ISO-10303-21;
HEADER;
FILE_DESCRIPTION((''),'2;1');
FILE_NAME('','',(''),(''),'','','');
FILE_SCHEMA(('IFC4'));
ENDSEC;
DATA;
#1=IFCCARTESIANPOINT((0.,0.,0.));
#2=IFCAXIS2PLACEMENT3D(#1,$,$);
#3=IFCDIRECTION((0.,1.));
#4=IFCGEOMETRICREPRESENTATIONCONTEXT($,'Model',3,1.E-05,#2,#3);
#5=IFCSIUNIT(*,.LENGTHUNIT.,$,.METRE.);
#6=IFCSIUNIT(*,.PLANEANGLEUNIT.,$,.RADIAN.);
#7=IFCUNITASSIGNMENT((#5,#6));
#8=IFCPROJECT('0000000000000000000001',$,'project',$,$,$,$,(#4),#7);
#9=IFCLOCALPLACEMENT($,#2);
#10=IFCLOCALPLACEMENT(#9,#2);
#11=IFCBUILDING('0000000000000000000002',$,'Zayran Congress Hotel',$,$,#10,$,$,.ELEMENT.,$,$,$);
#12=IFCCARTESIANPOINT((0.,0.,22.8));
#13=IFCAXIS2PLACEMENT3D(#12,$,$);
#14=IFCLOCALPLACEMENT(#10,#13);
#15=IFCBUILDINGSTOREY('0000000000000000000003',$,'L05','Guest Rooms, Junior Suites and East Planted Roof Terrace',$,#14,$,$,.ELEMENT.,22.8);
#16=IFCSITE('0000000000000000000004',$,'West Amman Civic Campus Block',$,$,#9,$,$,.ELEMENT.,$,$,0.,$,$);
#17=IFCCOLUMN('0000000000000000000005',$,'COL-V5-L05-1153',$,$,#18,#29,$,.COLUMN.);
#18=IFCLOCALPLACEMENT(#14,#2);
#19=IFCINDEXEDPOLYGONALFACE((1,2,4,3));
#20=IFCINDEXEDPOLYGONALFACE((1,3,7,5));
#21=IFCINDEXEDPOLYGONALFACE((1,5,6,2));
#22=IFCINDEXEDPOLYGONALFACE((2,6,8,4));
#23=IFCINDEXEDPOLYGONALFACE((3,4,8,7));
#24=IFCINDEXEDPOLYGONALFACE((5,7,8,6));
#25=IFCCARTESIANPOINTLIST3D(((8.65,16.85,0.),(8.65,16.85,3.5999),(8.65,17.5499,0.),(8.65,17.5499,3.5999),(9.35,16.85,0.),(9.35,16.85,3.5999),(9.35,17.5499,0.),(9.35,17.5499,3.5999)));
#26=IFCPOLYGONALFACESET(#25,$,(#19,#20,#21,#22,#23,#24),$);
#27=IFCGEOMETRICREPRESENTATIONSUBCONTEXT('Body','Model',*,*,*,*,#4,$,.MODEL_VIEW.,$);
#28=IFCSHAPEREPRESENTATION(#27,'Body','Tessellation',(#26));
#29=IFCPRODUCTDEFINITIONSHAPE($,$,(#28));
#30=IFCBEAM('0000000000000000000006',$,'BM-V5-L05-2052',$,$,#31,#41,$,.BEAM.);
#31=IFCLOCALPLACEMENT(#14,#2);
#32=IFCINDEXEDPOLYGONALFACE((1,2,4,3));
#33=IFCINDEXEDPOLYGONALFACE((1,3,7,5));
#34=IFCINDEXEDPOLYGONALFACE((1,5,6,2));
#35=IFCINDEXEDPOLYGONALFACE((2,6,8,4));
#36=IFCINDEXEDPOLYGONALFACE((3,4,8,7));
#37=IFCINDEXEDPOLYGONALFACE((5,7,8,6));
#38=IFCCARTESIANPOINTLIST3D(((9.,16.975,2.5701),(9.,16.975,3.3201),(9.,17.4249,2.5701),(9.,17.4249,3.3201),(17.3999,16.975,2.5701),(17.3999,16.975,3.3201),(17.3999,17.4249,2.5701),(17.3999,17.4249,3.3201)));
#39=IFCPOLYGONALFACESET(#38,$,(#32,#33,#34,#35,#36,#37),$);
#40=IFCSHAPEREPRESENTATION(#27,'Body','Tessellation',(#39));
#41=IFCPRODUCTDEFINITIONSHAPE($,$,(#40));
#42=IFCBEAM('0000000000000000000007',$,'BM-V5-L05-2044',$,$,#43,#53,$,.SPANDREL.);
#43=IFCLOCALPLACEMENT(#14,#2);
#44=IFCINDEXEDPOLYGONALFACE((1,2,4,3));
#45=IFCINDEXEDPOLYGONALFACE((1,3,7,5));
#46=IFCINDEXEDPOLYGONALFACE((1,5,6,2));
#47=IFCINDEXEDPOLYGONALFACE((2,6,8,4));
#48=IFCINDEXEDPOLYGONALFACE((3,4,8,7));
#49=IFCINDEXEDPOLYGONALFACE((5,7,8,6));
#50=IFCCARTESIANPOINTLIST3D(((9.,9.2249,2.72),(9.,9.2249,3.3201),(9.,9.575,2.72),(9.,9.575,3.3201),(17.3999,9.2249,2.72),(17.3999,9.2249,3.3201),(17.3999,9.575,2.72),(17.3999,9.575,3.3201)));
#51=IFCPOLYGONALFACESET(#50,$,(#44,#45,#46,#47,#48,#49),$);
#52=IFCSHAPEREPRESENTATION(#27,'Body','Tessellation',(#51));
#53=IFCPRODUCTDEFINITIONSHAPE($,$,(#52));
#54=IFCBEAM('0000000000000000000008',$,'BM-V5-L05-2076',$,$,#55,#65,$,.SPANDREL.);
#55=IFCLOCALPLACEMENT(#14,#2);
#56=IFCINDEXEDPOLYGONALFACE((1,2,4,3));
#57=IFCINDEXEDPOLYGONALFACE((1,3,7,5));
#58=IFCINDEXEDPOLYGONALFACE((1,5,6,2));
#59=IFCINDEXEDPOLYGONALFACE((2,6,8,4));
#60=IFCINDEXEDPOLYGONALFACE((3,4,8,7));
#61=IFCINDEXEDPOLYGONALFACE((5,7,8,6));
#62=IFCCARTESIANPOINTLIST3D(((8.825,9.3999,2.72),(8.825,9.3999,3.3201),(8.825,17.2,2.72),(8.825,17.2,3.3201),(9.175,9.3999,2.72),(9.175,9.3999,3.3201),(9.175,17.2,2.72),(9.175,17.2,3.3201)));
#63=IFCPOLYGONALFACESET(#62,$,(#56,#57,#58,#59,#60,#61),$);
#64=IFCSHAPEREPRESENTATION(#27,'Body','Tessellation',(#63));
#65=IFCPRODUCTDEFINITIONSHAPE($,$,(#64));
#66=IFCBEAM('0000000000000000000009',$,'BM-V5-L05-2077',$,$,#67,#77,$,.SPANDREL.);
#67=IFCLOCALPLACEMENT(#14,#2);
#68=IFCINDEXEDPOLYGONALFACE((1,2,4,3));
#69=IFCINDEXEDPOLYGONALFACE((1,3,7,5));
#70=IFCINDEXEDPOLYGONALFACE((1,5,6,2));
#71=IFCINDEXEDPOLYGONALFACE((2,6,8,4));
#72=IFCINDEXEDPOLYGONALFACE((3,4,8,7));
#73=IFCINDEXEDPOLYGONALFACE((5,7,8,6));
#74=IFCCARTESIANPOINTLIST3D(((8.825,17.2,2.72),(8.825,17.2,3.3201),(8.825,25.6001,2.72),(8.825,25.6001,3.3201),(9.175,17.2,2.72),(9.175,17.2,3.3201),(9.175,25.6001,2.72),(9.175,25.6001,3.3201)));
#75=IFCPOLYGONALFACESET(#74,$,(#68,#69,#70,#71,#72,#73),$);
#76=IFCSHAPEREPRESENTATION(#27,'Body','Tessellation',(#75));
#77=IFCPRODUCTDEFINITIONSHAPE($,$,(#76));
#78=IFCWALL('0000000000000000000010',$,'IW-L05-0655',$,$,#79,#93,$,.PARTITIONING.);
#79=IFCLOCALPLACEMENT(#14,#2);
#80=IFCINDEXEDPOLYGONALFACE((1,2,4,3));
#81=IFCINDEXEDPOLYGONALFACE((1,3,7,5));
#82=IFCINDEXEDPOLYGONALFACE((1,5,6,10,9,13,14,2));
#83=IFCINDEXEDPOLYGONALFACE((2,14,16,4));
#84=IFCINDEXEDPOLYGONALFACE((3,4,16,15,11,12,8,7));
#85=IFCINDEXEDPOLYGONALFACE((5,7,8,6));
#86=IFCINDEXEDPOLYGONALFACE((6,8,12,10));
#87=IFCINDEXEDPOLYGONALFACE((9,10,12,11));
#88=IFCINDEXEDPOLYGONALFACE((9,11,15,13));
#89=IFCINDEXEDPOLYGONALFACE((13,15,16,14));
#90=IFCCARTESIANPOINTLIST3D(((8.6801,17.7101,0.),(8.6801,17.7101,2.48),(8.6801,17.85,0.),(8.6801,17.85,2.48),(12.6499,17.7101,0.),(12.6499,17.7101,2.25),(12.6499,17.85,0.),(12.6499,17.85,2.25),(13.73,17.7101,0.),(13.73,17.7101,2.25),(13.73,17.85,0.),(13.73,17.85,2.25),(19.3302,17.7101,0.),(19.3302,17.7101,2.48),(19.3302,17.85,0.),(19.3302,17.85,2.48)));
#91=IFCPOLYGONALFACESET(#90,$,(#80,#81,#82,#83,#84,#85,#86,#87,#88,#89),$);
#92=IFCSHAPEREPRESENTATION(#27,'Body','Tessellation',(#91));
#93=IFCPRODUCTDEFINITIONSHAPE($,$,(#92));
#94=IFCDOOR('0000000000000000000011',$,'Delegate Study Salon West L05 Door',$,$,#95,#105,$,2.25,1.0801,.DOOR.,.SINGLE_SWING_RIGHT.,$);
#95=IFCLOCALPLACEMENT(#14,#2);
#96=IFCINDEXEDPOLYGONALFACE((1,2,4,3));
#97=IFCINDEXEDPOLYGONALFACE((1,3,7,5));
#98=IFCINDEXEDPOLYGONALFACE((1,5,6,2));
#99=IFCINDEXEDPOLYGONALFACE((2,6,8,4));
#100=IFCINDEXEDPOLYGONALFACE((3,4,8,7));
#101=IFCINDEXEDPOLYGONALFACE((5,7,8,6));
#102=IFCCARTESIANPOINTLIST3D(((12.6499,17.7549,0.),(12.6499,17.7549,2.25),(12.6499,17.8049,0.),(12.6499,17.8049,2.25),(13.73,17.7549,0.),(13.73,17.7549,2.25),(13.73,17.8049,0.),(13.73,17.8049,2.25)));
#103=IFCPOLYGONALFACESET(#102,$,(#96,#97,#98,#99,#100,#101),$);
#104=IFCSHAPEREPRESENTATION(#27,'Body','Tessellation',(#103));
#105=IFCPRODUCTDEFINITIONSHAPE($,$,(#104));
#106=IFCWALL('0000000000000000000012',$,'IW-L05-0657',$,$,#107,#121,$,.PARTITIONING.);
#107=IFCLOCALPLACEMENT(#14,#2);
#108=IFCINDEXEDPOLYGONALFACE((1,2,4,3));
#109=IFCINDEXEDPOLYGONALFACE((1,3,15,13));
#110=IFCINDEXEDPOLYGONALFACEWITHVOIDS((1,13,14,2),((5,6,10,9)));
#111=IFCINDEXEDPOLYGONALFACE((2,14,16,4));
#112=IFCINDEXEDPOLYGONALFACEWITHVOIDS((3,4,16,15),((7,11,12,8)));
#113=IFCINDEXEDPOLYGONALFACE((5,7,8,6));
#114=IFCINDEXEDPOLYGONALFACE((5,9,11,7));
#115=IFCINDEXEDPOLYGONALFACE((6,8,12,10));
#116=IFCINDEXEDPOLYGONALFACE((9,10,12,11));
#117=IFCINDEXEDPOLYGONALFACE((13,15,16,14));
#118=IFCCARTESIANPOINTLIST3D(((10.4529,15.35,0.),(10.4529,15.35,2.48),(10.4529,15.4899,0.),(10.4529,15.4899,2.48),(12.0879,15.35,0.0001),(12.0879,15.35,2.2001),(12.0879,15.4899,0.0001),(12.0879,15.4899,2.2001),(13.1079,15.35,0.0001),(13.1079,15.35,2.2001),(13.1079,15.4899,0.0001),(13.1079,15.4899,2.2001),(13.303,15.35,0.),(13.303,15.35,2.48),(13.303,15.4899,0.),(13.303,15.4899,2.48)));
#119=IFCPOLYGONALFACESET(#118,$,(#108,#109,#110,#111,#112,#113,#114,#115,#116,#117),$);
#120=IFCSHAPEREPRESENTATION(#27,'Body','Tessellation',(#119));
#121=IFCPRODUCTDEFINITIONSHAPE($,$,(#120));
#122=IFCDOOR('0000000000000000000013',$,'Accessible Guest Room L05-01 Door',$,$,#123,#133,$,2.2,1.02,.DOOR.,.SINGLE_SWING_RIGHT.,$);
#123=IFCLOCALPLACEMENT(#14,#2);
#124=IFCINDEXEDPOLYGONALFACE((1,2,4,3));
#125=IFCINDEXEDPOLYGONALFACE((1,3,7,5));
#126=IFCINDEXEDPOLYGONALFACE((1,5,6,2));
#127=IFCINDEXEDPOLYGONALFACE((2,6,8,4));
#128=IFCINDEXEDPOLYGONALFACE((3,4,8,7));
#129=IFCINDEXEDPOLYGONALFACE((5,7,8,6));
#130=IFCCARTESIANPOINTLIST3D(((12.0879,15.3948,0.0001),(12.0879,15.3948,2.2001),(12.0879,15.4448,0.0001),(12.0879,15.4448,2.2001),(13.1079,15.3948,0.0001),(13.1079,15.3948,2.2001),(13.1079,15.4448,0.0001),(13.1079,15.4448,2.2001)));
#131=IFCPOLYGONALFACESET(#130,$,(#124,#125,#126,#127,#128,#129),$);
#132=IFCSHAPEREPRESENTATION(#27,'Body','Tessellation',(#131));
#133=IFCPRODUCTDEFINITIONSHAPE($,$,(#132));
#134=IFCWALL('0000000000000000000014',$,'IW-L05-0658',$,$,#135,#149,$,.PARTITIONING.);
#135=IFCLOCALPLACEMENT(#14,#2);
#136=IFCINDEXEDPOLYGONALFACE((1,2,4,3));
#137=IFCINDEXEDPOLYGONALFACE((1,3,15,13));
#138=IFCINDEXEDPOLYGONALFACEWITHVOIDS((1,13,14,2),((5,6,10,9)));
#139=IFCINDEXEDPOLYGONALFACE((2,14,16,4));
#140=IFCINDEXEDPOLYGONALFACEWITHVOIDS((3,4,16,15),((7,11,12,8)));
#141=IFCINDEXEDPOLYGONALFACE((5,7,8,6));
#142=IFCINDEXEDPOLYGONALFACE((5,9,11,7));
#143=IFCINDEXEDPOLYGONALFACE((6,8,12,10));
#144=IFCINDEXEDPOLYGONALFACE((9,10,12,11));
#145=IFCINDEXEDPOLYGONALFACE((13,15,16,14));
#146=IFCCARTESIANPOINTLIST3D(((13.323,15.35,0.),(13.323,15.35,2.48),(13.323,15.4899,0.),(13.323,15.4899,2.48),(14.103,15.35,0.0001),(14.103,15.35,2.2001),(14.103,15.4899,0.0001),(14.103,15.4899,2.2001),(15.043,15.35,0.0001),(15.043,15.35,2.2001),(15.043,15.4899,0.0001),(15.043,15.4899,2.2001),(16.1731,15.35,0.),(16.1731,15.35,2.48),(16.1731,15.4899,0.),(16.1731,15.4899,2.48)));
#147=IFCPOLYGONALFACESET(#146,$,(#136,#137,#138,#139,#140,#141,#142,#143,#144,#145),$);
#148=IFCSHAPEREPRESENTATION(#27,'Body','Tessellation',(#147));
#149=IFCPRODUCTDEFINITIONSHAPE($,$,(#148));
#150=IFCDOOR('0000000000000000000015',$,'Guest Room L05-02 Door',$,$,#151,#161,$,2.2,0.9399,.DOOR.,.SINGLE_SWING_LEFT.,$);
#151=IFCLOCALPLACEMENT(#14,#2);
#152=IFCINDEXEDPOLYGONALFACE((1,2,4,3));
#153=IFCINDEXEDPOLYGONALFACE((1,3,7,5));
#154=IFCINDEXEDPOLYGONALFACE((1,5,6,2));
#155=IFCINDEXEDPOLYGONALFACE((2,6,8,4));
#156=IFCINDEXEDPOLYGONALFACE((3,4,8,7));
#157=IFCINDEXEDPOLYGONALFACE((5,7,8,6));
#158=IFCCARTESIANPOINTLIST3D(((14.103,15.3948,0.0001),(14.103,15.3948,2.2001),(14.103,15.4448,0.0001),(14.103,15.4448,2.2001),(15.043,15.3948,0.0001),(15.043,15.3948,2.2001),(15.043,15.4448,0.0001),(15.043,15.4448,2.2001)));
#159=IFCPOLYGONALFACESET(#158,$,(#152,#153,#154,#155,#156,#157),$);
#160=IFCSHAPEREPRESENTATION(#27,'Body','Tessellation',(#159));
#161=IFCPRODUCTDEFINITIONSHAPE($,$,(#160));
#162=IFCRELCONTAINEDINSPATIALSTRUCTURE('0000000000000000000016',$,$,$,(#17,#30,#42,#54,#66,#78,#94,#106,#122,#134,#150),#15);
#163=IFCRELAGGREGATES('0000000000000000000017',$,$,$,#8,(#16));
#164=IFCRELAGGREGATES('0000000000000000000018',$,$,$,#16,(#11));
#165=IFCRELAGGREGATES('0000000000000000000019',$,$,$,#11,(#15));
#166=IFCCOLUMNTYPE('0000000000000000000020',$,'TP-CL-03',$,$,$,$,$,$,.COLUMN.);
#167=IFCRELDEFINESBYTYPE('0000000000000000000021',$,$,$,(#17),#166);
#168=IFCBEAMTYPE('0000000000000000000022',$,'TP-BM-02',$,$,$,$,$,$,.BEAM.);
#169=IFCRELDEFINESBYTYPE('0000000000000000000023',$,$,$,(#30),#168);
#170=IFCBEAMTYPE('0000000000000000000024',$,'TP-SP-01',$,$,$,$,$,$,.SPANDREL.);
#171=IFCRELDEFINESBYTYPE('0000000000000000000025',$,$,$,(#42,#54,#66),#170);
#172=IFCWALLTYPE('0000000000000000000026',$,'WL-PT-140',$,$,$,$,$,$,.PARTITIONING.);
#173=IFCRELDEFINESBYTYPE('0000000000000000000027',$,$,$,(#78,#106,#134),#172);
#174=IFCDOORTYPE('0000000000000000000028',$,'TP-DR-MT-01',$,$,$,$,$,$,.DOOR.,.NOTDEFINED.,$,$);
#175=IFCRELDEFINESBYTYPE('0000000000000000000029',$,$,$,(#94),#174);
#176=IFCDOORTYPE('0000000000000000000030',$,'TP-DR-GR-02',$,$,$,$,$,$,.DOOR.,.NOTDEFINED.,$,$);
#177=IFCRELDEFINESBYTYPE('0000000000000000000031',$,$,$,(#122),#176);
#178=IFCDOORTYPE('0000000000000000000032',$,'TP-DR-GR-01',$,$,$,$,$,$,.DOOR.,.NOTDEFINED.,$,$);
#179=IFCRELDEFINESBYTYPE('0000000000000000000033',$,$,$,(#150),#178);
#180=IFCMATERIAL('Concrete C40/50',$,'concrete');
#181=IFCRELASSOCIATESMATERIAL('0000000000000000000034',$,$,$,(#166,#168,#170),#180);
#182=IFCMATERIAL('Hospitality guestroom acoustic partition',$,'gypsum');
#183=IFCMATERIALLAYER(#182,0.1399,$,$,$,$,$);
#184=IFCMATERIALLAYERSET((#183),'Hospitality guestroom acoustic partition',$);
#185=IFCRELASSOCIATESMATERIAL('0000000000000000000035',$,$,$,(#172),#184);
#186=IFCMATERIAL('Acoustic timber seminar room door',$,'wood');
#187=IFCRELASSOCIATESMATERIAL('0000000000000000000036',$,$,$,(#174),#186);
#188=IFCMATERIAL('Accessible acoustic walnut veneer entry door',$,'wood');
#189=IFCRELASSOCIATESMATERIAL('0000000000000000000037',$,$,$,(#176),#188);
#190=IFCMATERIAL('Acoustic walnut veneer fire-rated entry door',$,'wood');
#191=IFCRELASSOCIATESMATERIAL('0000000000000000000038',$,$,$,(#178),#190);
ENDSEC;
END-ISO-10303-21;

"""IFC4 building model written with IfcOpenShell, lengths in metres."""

from ifc_helpers import new_model, si_unit, direction, frame, frame_2d, origin, origin_2d, place, context, subcontext, project, spatial, rectangle, extrude, material, layer, layer_set, material_profile, profile_set, type_object, element, fill, save


model = new_model("IFC4")

# Units and contexts
model_context = context("Model", 3, precision=1e-05, world=origin(), true_north=direction((0.0, 1.0)))
body_context = subcontext(model_context, "Body", "Model", "MODEL_VIEW")
ifc_project = project(units=[si_unit("LENGTHUNIT", "METRE"), si_unit("PLANEANGLEUNIT", "RADIAN")], contexts=[model_context])

# Site, building, storey
site_placement = place(None, origin())
site = spatial("IfcSite", under=ifc_project, at=site_placement, Name="West Amman Civic Campus Block", CompositionType="ELEMENT", RefElevation=0.0)
building_placement = place(site_placement, origin())
building = spatial("IfcBuilding", under=site, at=building_placement, Name="Zayran Congress Hotel", CompositionType="ELEMENT")
storey_placement = place(building_placement, frame((0.0, 0.0, 22.8)))
storey = spatial("IfcBuildingStorey", under=building, at=storey_placement, Name="L05", Description="Guest Rooms, Junior Suites and East Planted Roof Terrace", CompositionType="ELEMENT", Elevation=22.8)

# Column
ifc_material_1 = material(Name="Concrete C40/50", Category="concrete")
ifc_material_profile_1 = material_profile(ifc_material_1, rectangle(XDim=0.7, YDim=0.7, at=origin_2d()), Name="RC 700x700")
ifc_profile_set_1 = profile_set([ifc_material_profile_1], Name="Concrete C40/50")
column_type = type_object("IfcColumnType", Name="TP-CL-03", PredefinedType="COLUMN", material=ifc_profile_set_1)
column_placement = place(storey_placement, frame((9.0, 17.2, 0.0), z_axis=(0.0, 0.0, 1.0), x_axis=(1.0, 0.0, 0.0)))
element("IfcColumn", 1, at=column_placement, inside=storey, type_object=column_type, Name="COL-V5-L05-1153", PredefinedType="COLUMN", context=body_context, shape_type="SweptSolid", body=[
    extrude(rectangle(XDim=0.7, YDim=0.7, at=origin_2d()), origin(), (0.0, 0.0, 1.0), 3.5999),
])

# Beams
ifc_material_profile_2 = material_profile(ifc_material_1, rectangle(XDim=0.45, YDim=0.75, at=origin_2d()), Name="RC 450x750")
ifc_profile_set_2 = profile_set([ifc_material_profile_2], Name="Concrete C40/50")
beam_type_1 = type_object("IfcBeamType", Name="TP-BM-02", PredefinedType="BEAM", material=ifc_profile_set_2)
beam_1_placement = place(storey_placement, frame((9.0, 17.2, 2.9451), z_axis=(1.0, 0.0, 0.0), x_axis=(0.0, 1.0, 0.0)))
element("IfcBeam", 2, at=beam_1_placement, inside=storey, type_object=beam_type_1, Name="BM-V5-L05-2052", PredefinedType="BEAM", context=body_context, shape_type="SweptSolid", body=[
    extrude(rectangle(XDim=0.45, YDim=0.75, at=origin_2d()), origin(), (0.0, 0.0, 1.0), 8.3999),
])
ifc_material_profile_3 = material_profile(ifc_material_1, rectangle(XDim=0.3501, YDim=0.6001, at=origin_2d()), Name="RC 350x600")
ifc_profile_set_3 = profile_set([ifc_material_profile_3], Name="Concrete C40/50")
beam_type_2 = type_object("IfcBeamType", Name="TP-SP-01", PredefinedType="SPANDREL", material=ifc_profile_set_3)
beam_2_placement = place(storey_placement, frame((9.0, 9.3999, 3.02), z_axis=(1.0, 0.0, 0.0), x_axis=(0.0, 1.0, 0.0)))
element("IfcBeam", 3, at=beam_2_placement, inside=storey, type_object=beam_type_2, Name="BM-V5-L05-2044", PredefinedType="SPANDREL", context=body_context, shape_type="SweptSolid", body=[
    extrude(rectangle(XDim=0.3501, YDim=0.6001, at=origin_2d()), origin(), (0.0, 0.0, 1.0), 8.3999),
])
beam_3_placement = place(storey_placement, frame((9.0, 9.3999, 3.02), z_axis=(0.0, 1.0, 0.0), x_axis=(-1.0, 0.0, 0.0)))
element("IfcBeam", 4, at=beam_3_placement, inside=storey, type_object=beam_type_2, Name="BM-V5-L05-2076", PredefinedType="SPANDREL", context=body_context, shape_type="SweptSolid", body=[
    extrude(rectangle(XDim=0.3501, YDim=0.6001, at=origin_2d()), origin(), (0.0, 0.0, 1.0), 7.8),
])
beam_4_placement = place(storey_placement, frame((9.0, 17.2, 3.02), z_axis=(0.0, 1.0, 0.0), x_axis=(-1.0, 0.0, 0.0)))
element("IfcBeam", 5, at=beam_4_placement, inside=storey, type_object=beam_type_2, Name="BM-V5-L05-2077", PredefinedType="SPANDREL", context=body_context, shape_type="SweptSolid", body=[
    extrude(rectangle(XDim=0.3501, YDim=0.6001, at=origin_2d()), origin(), (0.0, 0.0, 1.0), 8.4001),
])

# Walls, openings, doors
ifc_material_2 = material(Name="Hospitality guestroom acoustic partition", Category="gypsum")
ifc_layer_1 = layer(ifc_material_2, 0.1399)
ifc_layer_set_1 = layer_set([ifc_layer_1], Name="Hospitality guestroom acoustic partition")
wall_type_1 = type_object("IfcWallType", Name="WL-PT-140", PredefinedType="PARTITIONING", material=ifc_layer_set_1)
wall_1_placement = place(storey_placement, frame((8.6799, 17.78, 0.0), z_axis=(0.0, 0.0, 1.0), x_axis=(1.0, 0.0, 0.0)))
wall_1 = element("IfcWall", 6, at=wall_1_placement, inside=storey, type_object=wall_type_1, Name="IW-L05-0655", PredefinedType="PARTITIONING", context=body_context, shape_type="SweptSolid", body=[
    extrude(rectangle(XDim=10.6501, YDim=0.1399, at=frame_2d((5.3252, 0.0))), origin(), (0.0, 0.0, 1.0), 2.48),
])
opening_1_placement = place(wall_1_placement, frame((3.97, 0.0, 0.0)))
opening_1 = element("IfcOpeningElement", 7, at=opening_1_placement, cuts=wall_1, PredefinedType="OPENING", context=body_context, shape_type="SweptSolid", body=[
    extrude(rectangle(XDim=1.0801, YDim=2.25, at=frame_2d((0.54, 1.125))), frame((0.0, 0.0798, 0.0), z_axis=(0.0, -1.0, 0.0), x_axis=(1.0, 0.0, 0.0)), (0.0, 0.0, 1.0), 0.1599),
])
ifc_material_3 = material(Name="Acoustic timber seminar room door", Category="wood")
door_type_1 = type_object("IfcDoorType", Name="TP-DR-MT-01", OperationType="NOTDEFINED", PredefinedType="DOOR", material=ifc_material_3)
door_1_placement = place(opening_1_placement, origin())
door_1 = element("IfcDoor", 8, at=door_1_placement, inside=storey, type_object=door_type_1, Name="Delegate Study Salon West L05 Door", OperationType="SINGLE_SWING_RIGHT", OverallHeight=2.25, OverallWidth=1.0801, PredefinedType="DOOR", context=body_context, shape_type="SweptSolid", body=[
    extrude(rectangle(XDim=1.0801, YDim=2.25, at=frame_2d((0.54, 1.125))), frame((0.0, 0.0249, 0.0), z_axis=(0.0, -1.0, 0.0), x_axis=(1.0, 0.0, 0.0)), (0.0, 0.0, 1.0), 0.05),
])
fill(opening_1, door_1)
wall_2_placement = place(storey_placement, frame((10.4529, 15.4199, 0.0), z_axis=(0.0, 0.0, 1.0), x_axis=(1.0, 0.0, 0.0)))
wall_2 = element("IfcWall", 9, at=wall_2_placement, inside=storey, type_object=wall_type_1, Name="IW-L05-0657", PredefinedType="PARTITIONING", context=body_context, shape_type="SweptSolid", body=[
    extrude(rectangle(XDim=2.8501, YDim=0.1399, at=frame_2d((1.425, 0.0))), origin(), (0.0, 0.0, 1.0), 2.48),
])
opening_2_placement = place(wall_2_placement, frame((1.635, 0.0, 0.0)))
opening_2 = element("IfcOpeningElement", 10, at=opening_2_placement, cuts=wall_2, PredefinedType="OPENING", context=body_context, shape_type="SweptSolid", body=[
    extrude(rectangle(XDim=1.02, YDim=2.2, at=frame_2d((0.51, 1.1001))), frame((0.0, 0.0798, 0.0), z_axis=(0.0, -1.0, 0.0), x_axis=(1.0, 0.0, 0.0)), (0.0, 0.0, 1.0), 0.1599),
])
ifc_material_4 = material(Name="Accessible acoustic walnut veneer entry door", Category="wood")
door_type_2 = type_object("IfcDoorType", Name="TP-DR-GR-02", OperationType="NOTDEFINED", PredefinedType="DOOR", material=ifc_material_4)
door_2_placement = place(opening_2_placement, origin())
door_2 = element("IfcDoor", 11, at=door_2_placement, inside=storey, type_object=door_type_2, Name="Accessible Guest Room L05-01 Door", OperationType="SINGLE_SWING_RIGHT", OverallHeight=2.2, OverallWidth=1.02, PredefinedType="DOOR", context=body_context, shape_type="SweptSolid", body=[
    extrude(rectangle(XDim=1.02, YDim=2.2, at=frame_2d((0.51, 1.1001))), frame((0.0, 0.0249, 0.0), z_axis=(0.0, -1.0, 0.0), x_axis=(1.0, 0.0, 0.0)), (0.0, 0.0, 1.0), 0.05),
])
fill(opening_2, door_2)
wall_3_placement = place(storey_placement, frame((13.323, 15.4199, 0.0), z_axis=(0.0, 0.0, 1.0), x_axis=(1.0, 0.0, 0.0)))
wall_3 = element("IfcWall", 12, at=wall_3_placement, inside=storey, type_object=wall_type_1, Name="IW-L05-0658", PredefinedType="PARTITIONING", context=body_context, shape_type="SweptSolid", body=[
    extrude(rectangle(XDim=2.8501, YDim=0.1399, at=frame_2d((1.425, 0.0))), origin(), (0.0, 0.0, 1.0), 2.48),
])
opening_3_placement = place(wall_3_placement, frame((0.78, 0.0, 0.0)))
opening_3 = element("IfcOpeningElement", 13, at=opening_3_placement, cuts=wall_3, PredefinedType="OPENING", context=body_context, shape_type="SweptSolid", body=[
    extrude(rectangle(XDim=0.9399, YDim=2.2, at=frame_2d((0.47, 1.1001))), frame((0.0, 0.0798, 0.0), z_axis=(0.0, -1.0, 0.0), x_axis=(1.0, 0.0, 0.0)), (0.0, 0.0, 1.0), 0.1599),
])
ifc_material_5 = material(Name="Acoustic walnut veneer fire-rated entry door", Category="wood")
door_type_3 = type_object("IfcDoorType", Name="TP-DR-GR-01", OperationType="NOTDEFINED", PredefinedType="DOOR", material=ifc_material_5)
door_3_placement = place(opening_3_placement, origin())
door_3 = element("IfcDoor", 14, at=door_3_placement, inside=storey, type_object=door_type_3, Name="Guest Room L05-02 Door", OperationType="SINGLE_SWING_LEFT", OverallHeight=2.2, OverallWidth=0.9399, PredefinedType="DOOR", context=body_context, shape_type="SweptSolid", body=[
    extrude(rectangle(XDim=0.9399, YDim=2.2, at=frame_2d((0.47, 1.1001))), frame((0.0, 0.0249, 0.0), z_axis=(0.0, -1.0, 0.0), x_axis=(1.0, 0.0, 0.0)), (0.0, 0.0, 1.0), 0.05),
])
fill(opening_3, door_3)

save(model, "model.ifc")
